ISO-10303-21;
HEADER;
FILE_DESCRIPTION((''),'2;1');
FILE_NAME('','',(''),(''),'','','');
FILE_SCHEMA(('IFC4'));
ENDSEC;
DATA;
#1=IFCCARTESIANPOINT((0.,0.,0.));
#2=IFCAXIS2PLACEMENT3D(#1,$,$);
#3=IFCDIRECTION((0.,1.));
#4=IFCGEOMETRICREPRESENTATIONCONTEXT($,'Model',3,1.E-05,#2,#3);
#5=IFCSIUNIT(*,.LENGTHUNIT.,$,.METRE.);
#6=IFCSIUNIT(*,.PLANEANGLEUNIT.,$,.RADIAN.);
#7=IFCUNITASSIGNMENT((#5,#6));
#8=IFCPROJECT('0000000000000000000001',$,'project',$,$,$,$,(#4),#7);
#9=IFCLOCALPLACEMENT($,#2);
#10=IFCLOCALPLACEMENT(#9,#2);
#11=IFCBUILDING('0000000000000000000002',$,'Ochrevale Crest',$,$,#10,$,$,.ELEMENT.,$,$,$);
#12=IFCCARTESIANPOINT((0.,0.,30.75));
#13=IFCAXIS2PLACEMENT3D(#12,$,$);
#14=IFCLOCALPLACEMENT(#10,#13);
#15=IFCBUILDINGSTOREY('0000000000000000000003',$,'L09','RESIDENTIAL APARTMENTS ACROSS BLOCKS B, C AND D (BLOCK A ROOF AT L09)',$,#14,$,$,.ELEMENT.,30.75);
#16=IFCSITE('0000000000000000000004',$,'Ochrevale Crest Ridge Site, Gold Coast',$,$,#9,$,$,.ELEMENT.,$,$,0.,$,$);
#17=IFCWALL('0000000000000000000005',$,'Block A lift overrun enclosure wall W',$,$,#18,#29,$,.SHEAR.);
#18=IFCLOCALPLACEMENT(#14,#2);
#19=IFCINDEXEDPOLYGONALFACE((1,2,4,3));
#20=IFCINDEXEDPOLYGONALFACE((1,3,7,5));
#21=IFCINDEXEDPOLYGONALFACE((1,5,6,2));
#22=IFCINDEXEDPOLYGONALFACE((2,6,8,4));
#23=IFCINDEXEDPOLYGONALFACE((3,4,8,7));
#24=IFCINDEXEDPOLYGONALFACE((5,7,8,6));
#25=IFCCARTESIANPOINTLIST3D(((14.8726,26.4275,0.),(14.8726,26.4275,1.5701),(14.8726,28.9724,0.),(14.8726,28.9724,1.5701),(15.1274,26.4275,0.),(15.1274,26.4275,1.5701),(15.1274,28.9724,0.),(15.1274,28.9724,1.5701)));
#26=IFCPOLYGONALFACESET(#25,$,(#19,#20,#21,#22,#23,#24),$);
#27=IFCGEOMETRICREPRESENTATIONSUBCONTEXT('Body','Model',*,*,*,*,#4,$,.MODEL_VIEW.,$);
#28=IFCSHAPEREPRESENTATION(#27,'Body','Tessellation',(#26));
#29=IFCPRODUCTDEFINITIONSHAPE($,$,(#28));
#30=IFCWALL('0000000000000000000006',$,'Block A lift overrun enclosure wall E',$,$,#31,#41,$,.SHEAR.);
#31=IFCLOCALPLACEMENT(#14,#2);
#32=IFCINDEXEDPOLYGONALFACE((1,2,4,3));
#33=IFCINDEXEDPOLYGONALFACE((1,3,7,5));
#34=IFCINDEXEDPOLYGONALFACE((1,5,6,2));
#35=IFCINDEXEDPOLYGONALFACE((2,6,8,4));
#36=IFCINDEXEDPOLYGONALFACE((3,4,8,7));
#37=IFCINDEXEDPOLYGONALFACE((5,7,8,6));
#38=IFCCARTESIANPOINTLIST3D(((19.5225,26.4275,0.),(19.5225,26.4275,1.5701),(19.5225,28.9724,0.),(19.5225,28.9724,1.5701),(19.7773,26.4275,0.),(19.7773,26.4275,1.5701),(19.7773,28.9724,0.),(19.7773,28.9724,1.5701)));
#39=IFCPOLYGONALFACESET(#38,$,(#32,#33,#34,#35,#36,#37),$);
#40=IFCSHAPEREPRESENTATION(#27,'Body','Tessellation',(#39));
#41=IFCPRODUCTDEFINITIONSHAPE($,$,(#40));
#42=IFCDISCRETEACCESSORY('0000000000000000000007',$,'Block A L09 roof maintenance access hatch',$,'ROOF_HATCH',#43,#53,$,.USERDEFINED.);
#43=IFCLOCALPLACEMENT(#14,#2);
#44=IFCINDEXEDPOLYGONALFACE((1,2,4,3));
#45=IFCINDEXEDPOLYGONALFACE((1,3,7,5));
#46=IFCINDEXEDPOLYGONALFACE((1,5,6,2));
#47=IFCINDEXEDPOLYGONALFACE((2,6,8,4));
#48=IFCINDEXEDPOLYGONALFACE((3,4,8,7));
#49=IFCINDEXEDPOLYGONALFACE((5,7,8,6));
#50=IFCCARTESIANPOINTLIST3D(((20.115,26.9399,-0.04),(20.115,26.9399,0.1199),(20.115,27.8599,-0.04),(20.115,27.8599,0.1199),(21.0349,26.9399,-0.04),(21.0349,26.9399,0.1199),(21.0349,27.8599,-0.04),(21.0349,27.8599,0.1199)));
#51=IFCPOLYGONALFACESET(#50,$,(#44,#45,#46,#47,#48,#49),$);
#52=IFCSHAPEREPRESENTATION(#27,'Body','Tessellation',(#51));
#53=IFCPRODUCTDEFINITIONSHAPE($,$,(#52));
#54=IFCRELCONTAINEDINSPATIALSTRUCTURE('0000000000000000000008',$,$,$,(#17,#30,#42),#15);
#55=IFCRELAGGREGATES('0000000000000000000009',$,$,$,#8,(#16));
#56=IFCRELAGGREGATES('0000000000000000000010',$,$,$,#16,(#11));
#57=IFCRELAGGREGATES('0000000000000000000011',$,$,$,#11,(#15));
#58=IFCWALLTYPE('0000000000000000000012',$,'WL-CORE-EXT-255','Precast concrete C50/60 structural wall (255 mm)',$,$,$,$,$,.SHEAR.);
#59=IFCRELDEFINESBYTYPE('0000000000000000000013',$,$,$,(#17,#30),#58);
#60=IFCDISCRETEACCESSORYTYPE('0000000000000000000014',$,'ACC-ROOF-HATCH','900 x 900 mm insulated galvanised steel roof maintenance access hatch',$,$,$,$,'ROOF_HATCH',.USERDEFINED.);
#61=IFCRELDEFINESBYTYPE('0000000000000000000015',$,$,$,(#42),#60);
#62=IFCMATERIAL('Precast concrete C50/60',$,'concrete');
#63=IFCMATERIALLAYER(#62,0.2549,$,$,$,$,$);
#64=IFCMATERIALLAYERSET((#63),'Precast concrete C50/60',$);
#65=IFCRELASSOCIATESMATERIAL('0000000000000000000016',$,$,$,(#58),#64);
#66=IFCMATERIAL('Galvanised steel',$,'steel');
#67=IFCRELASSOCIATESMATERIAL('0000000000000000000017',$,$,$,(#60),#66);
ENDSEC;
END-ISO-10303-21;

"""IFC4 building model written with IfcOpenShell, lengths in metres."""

from ifc_helpers import new_model, si_unit, direction, frame, frame_2d, origin, origin_2d, place, context, subcontext, project, spatial, rectangle, extrude, material, layer, layer_set, type_object, element, save


model = new_model("IFC4")

# Units and contexts
model_context = context("Model", 3, precision=1e-05, world=origin(), true_north=direction((0.0, 1.0)))
body_context = subcontext(model_context, "Body", "Model", "MODEL_VIEW")
ifc_project = project(units=[si_unit("LENGTHUNIT", "METRE"), si_unit("PLANEANGLEUNIT", "RADIAN")], contexts=[model_context])

# Site, building, storey
site_placement = place(None, origin())
site = spatial("IfcSite", under=ifc_project, at=site_placement, Name="Ochrevale Crest Ridge Site, Gold Coast", CompositionType="ELEMENT", RefElevation=0.0)
building_placement = place(site_placement, origin())
building = spatial("IfcBuilding", under=site, at=building_placement, Name="Ochrevale Crest", CompositionType="ELEMENT")
storey_placement = place(building_placement, frame((0.0, 0.0, 30.75)))
storey = spatial("IfcBuildingStorey", under=building, at=storey_placement, Name="L09", Description="RESIDENTIAL APARTMENTS ACROSS BLOCKS B, C AND D (BLOCK A ROOF AT L09)", CompositionType="ELEMENT", Elevation=30.75)

# Walls
ifc_material_1 = material(Name="Precast concrete C50/60", Category="concrete")
ifc_layer_1 = layer(ifc_material_1, 0.2549)
ifc_layer_set_1 = layer_set([ifc_layer_1], Name="Precast concrete C50/60")
wall_type = type_object("IfcWallType", Name="WL-CORE-EXT-255", Description="Precast concrete C50/60 structural wall (255 mm)", PredefinedType="SHEAR", material=ifc_layer_set_1)
for number, where, z_axis, x_axis, name in (
    (1, (15.0, 26.4275, 0.0), (0.0, 0.0, 1.0), (0.0, 1.0, 0.0), "Block A lift overrun enclosure wall W"),
    (2, (19.6499, 26.4275, 0.0), (0.0, 0.0, 1.0), (0.0, 1.0, 0.0), "Block A lift overrun enclosure wall E"),
):
    element("IfcWall", number, at=place(storey_placement, frame(where, z_axis=z_axis, x_axis=x_axis)), inside=storey, type_object=wall_type, Name=name, PredefinedType="SHEAR", context=body_context, shape_type="SweptSolid", body=[
        extrude(rectangle(XDim=2.5449, YDim=0.2549, at=frame_2d((1.2725, 0.0))), origin(), (0.0, 0.0, 1.0), 1.5701),
    ])

# Discrete accessory
ifc_material_2 = material(Name="Galvanised steel", Category="steel")
discrete_accessory_type = type_object("IfcDiscreteAccessoryType", Name="ACC-ROOF-HATCH", Description="900 x 900 mm insulated galvanised steel roof maintenance access hatch", ElementType="ROOF_HATCH", PredefinedType="USERDEFINED", material=ifc_material_2)
discrete_accessory_placement = place(storey_placement, frame((20.575, 27.3999, -0.04), z_axis=(0.0, 0.0, 1.0), x_axis=(1.0, 0.0, 0.0)))
element("IfcDiscreteAccessory", 3, at=discrete_accessory_placement, inside=storey, type_object=discrete_accessory_type, Name="Block A L09 roof maintenance access hatch", ObjectType="ROOF_HATCH", PredefinedType="USERDEFINED", context=body_context, shape_type="SweptSolid", body=[
    extrude(rectangle(XDim=0.9199, YDim=0.9199, at=origin_2d()), origin(), (0.0, 0.0, 1.0), 0.1599),
])

save(model, "model.ifc")
